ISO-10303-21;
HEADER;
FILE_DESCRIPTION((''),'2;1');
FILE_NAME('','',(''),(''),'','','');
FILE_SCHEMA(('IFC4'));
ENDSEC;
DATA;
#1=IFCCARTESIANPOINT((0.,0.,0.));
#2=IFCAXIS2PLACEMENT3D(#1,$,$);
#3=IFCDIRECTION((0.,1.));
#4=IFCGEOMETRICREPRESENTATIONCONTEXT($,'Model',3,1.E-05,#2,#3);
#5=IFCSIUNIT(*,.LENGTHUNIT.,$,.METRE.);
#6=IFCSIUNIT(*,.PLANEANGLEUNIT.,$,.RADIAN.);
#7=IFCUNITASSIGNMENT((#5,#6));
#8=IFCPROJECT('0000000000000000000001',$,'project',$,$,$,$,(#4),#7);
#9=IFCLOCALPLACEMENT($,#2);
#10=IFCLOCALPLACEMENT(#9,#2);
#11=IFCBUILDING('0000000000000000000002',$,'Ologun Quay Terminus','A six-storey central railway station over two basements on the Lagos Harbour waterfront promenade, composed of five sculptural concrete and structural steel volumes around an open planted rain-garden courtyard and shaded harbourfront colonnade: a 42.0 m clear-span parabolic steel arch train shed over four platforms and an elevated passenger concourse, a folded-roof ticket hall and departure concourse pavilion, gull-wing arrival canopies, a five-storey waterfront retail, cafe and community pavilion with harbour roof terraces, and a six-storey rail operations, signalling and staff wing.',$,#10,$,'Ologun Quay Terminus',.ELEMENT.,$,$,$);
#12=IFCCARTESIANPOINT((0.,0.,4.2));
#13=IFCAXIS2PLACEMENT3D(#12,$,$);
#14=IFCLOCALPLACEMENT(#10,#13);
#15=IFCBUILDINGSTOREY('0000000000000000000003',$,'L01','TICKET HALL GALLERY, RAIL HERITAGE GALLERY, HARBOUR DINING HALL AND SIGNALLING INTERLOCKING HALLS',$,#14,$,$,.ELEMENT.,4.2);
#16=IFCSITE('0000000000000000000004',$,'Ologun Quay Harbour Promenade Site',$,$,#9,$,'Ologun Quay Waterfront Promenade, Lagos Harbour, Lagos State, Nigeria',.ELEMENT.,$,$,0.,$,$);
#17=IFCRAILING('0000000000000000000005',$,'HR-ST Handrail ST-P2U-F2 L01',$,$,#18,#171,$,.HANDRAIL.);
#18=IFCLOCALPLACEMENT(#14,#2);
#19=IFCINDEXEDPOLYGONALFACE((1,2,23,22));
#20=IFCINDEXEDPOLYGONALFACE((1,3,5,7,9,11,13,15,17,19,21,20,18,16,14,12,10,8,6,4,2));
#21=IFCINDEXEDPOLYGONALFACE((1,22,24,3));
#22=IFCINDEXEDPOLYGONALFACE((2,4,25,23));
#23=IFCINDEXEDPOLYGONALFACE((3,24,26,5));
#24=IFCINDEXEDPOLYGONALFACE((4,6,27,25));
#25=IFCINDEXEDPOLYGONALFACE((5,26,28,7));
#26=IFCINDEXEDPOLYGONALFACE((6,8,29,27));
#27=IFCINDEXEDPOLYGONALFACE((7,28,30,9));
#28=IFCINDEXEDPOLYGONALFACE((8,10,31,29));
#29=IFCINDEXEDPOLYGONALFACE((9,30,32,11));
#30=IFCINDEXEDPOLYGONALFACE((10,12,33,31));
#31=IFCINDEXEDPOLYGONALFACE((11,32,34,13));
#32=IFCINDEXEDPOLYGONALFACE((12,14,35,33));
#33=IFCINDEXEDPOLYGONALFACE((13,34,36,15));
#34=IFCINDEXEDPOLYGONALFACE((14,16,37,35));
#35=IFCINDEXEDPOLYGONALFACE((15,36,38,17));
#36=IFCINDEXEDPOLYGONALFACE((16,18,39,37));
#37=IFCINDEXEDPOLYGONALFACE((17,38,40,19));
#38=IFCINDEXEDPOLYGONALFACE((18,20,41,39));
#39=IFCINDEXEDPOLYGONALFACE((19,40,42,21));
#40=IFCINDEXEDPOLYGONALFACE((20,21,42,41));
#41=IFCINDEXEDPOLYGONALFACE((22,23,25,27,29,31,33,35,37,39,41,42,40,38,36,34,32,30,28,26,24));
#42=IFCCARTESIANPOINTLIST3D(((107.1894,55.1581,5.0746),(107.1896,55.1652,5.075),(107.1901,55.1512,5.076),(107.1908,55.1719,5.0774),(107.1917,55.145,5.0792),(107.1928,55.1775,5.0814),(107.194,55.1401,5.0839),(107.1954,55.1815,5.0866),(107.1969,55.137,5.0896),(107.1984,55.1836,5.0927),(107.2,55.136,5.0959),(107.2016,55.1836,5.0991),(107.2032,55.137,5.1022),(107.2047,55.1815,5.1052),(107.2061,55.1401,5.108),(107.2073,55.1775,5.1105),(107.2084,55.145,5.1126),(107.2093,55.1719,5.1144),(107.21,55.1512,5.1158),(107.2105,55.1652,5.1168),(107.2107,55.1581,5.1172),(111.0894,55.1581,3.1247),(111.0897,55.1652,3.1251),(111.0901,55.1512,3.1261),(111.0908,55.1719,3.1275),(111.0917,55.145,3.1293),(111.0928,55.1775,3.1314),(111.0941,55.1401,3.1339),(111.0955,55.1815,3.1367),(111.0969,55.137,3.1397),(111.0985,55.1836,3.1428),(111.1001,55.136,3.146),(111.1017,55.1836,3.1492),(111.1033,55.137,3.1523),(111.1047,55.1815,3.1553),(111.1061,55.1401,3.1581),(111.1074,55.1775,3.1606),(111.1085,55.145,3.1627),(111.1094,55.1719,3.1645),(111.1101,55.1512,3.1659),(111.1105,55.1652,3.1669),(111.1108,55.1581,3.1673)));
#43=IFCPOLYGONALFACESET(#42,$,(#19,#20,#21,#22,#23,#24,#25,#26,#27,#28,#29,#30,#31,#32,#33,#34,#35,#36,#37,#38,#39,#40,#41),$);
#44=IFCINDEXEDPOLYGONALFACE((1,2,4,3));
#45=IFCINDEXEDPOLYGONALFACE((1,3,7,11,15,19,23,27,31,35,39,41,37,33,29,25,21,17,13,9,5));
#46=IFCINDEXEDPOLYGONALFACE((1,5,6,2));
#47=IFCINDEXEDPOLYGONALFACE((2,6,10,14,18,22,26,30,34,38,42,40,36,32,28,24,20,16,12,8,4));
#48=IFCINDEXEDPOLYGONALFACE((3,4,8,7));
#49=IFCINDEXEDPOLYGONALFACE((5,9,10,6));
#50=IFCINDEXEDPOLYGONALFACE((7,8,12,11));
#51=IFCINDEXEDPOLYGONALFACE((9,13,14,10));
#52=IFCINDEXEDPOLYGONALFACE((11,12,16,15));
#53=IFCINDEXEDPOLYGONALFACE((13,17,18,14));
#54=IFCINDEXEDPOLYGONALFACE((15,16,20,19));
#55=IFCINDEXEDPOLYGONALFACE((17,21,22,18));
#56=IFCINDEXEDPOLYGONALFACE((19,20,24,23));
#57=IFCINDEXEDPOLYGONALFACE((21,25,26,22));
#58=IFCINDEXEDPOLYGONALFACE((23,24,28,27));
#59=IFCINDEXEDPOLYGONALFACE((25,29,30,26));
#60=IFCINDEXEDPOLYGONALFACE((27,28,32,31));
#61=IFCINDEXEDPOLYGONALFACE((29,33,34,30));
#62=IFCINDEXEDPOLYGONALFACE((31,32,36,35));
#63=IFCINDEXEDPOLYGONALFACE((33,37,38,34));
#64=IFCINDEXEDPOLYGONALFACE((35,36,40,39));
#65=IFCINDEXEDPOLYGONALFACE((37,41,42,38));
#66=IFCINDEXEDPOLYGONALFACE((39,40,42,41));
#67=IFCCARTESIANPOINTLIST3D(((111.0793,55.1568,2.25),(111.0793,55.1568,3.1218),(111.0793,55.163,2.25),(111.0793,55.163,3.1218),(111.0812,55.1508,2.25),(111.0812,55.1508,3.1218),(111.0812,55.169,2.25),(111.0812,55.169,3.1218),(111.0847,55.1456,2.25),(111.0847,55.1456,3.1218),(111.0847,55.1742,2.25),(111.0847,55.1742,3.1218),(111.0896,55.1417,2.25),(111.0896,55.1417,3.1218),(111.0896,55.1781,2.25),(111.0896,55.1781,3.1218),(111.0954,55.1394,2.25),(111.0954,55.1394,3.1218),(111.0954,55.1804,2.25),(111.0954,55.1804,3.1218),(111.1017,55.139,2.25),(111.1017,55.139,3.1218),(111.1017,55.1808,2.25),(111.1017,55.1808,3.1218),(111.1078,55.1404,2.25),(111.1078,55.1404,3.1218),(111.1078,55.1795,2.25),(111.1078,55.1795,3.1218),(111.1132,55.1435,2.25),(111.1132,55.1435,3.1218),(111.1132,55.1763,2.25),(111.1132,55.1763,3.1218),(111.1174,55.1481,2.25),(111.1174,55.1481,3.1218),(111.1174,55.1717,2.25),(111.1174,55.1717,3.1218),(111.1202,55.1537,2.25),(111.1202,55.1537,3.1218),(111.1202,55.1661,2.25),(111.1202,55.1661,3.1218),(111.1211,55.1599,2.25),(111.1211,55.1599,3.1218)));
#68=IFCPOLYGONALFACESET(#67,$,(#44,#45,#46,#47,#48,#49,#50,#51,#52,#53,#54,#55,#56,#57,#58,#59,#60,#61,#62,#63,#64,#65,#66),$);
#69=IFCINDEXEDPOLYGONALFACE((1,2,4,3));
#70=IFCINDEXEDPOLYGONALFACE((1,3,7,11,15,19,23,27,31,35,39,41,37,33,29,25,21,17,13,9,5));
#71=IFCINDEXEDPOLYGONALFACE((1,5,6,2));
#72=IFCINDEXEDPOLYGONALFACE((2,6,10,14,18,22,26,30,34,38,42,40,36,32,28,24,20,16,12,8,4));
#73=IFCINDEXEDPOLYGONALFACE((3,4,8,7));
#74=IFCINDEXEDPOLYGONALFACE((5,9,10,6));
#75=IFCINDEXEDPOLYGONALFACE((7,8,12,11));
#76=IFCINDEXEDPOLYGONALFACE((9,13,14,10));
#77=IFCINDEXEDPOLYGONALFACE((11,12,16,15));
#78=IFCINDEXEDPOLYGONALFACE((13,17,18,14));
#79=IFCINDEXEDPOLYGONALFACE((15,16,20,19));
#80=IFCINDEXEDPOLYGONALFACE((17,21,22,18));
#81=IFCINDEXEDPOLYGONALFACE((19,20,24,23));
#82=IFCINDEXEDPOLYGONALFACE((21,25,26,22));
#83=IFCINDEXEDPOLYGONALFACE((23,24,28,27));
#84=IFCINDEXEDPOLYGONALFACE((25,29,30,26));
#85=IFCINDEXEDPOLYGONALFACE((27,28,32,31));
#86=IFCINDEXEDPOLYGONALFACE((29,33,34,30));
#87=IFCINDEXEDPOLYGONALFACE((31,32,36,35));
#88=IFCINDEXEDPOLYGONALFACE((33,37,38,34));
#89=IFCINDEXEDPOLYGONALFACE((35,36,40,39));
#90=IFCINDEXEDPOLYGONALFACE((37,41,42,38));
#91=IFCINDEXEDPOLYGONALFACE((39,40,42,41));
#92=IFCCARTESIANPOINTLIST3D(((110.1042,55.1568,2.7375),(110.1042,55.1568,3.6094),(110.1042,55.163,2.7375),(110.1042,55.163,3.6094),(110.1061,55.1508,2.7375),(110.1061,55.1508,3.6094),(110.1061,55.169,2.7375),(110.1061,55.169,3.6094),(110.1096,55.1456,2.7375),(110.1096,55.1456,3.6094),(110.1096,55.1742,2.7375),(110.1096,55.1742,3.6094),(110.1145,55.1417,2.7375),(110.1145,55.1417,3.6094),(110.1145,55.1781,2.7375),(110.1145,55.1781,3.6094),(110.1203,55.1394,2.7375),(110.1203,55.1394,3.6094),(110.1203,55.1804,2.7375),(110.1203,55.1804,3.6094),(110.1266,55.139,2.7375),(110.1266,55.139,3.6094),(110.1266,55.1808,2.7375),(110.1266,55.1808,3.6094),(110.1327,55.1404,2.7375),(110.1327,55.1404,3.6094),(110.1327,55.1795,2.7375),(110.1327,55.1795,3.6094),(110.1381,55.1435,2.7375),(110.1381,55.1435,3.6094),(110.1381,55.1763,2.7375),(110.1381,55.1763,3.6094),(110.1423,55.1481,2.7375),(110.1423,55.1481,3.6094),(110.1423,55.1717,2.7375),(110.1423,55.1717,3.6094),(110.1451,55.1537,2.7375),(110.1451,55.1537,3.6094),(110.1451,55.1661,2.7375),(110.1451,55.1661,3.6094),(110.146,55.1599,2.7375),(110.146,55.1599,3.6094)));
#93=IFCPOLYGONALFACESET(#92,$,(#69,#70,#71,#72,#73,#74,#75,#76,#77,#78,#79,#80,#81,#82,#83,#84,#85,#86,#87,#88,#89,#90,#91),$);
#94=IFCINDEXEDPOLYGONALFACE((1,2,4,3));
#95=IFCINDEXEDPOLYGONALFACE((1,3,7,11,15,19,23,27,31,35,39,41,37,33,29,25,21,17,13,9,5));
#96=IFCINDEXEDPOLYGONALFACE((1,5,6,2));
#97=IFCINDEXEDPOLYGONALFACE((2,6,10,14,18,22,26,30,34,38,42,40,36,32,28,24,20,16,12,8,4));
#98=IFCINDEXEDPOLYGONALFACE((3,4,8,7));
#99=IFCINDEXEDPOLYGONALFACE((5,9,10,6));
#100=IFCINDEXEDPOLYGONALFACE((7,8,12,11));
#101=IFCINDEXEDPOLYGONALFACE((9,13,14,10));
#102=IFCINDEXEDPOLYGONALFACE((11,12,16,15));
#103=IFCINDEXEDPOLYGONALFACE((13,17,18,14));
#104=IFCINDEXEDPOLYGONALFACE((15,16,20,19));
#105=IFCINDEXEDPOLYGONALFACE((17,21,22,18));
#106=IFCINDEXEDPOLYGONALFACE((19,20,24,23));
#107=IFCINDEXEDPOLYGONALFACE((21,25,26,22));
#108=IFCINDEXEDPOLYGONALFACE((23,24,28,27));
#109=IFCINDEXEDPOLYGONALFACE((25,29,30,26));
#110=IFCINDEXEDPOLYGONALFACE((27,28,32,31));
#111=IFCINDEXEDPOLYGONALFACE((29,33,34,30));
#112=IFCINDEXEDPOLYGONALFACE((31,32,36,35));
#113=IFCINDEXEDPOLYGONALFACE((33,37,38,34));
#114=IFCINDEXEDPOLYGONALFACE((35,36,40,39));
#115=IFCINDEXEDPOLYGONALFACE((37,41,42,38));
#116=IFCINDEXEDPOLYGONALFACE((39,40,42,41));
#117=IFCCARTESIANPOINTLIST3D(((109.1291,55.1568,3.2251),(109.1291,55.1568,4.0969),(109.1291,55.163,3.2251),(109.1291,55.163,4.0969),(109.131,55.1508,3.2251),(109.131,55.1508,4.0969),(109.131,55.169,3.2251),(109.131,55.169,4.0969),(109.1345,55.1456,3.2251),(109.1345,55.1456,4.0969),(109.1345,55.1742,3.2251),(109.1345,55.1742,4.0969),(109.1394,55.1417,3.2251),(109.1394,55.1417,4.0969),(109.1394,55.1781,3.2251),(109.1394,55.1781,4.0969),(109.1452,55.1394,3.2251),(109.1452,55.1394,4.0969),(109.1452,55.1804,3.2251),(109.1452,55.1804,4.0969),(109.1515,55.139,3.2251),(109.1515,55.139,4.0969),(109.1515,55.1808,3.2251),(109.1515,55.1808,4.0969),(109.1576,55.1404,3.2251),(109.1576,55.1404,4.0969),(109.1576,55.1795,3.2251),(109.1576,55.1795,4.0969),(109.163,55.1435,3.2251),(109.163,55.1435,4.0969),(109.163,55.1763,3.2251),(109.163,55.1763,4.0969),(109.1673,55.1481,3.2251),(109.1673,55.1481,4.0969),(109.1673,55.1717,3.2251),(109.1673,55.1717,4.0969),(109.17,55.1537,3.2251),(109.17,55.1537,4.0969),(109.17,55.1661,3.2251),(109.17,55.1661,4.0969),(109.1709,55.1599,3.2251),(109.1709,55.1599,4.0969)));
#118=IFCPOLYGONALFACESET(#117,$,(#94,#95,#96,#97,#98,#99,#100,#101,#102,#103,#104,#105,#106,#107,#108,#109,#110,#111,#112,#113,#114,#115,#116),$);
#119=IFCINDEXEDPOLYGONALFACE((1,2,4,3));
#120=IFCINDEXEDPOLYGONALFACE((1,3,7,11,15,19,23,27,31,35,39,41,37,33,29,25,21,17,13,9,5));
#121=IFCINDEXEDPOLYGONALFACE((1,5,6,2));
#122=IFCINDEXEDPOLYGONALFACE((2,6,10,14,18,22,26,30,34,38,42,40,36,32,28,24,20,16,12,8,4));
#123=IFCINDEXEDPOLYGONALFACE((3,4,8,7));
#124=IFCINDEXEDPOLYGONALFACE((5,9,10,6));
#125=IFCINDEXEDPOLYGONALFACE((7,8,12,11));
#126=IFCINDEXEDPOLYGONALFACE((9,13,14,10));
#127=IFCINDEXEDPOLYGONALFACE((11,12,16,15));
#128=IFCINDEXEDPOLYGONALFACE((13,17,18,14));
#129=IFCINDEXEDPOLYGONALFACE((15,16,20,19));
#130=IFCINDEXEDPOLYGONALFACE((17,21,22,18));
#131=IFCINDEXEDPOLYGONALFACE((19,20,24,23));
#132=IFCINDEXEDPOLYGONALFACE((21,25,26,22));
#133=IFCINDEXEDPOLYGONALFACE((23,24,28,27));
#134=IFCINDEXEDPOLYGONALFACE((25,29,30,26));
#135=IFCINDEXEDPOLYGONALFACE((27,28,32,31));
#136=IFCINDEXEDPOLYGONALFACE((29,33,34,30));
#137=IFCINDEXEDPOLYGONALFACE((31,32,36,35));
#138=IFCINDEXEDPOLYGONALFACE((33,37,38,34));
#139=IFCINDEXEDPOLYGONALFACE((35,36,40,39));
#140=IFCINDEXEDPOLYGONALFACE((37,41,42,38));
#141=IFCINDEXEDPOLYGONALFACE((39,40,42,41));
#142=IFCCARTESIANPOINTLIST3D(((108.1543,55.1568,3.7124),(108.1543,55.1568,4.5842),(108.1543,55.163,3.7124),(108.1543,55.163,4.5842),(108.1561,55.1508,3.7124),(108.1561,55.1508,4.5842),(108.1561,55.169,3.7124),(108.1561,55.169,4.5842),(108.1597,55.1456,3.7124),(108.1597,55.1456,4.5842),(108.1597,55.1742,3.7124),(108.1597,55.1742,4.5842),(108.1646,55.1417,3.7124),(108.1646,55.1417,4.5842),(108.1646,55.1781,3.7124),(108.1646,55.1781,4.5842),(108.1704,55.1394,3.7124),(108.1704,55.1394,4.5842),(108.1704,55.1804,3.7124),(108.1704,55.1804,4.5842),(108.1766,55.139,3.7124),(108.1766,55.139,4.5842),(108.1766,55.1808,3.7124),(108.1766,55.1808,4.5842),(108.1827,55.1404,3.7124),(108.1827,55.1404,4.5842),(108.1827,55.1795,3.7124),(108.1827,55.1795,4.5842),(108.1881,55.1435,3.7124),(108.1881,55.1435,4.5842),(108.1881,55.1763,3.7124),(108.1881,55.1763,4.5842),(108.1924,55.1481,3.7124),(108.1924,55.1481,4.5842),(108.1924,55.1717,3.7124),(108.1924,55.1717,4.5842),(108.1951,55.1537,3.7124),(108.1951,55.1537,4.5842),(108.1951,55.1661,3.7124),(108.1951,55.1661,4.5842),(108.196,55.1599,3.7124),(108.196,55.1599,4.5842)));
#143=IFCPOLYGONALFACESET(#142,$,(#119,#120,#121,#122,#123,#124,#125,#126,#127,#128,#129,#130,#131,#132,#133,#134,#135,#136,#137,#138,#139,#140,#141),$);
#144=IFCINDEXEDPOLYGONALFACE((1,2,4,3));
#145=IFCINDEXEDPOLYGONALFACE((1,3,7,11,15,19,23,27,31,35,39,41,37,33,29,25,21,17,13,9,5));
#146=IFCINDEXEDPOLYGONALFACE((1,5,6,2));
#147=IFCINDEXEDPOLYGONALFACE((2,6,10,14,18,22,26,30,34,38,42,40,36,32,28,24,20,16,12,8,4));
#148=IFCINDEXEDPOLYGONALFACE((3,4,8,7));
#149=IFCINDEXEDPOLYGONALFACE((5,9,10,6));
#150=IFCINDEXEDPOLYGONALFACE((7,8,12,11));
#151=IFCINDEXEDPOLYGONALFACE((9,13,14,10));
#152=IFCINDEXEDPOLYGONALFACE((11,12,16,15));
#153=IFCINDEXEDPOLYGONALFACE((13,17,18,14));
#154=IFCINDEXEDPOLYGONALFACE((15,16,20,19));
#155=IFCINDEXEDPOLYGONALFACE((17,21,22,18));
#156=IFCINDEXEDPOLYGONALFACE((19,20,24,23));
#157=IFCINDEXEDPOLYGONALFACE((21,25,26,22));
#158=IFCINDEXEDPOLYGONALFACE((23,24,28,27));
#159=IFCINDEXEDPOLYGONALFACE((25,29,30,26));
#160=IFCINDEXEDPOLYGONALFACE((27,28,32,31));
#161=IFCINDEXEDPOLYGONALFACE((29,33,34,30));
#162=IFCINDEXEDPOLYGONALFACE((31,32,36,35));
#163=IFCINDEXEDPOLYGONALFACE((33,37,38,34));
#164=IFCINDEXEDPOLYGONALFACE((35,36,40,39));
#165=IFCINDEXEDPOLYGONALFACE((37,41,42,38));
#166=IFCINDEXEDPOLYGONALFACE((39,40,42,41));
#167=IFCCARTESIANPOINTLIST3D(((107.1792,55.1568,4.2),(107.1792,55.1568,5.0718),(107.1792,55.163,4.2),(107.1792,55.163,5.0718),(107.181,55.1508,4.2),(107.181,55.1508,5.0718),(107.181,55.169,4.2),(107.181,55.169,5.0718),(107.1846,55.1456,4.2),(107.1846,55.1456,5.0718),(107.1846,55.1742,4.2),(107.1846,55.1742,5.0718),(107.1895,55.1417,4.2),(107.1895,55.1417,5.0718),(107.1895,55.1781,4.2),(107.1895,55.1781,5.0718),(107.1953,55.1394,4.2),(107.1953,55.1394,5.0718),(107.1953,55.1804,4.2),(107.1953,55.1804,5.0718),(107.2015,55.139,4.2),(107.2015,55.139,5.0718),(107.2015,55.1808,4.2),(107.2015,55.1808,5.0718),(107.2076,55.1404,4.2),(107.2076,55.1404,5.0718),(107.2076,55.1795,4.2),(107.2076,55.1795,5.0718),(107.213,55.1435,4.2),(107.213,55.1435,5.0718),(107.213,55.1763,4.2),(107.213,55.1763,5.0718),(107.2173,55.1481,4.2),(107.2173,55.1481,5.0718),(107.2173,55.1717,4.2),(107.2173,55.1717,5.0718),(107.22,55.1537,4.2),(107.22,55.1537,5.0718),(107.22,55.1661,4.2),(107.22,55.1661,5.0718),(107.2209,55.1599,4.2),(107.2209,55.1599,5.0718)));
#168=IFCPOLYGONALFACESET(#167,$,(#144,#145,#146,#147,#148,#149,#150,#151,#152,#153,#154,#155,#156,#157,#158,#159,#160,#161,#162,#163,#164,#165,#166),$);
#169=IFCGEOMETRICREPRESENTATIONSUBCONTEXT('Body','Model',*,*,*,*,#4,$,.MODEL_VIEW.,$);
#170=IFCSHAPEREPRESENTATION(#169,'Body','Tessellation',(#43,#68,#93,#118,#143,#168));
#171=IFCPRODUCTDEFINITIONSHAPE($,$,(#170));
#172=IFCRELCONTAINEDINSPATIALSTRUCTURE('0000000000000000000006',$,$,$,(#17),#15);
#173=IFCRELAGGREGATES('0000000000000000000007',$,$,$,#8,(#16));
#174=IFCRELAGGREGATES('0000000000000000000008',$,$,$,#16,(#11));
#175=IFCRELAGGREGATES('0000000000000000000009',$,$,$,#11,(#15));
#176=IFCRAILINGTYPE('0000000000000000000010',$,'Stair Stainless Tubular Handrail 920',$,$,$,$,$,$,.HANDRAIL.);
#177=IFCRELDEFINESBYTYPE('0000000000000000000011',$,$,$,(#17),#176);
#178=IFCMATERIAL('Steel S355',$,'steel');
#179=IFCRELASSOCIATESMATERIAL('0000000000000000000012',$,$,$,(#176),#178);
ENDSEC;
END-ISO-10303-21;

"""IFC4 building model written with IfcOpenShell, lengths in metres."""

from ifc_helpers import new_model, si_unit, direction, frame, origin, origin_2d, place, context, subcontext, project, spatial, circle, extrude, material, type_object, element, save


model = new_model("IFC4")

# Units and contexts
model_context = context("Model", 3, precision=1e-05, world=origin(), true_north=direction((0.0, 1.0)))
body_context = subcontext(model_context, "Body", "Model", "MODEL_VIEW")
ifc_project = project(units=[si_unit("LENGTHUNIT", "METRE"), si_unit("PLANEANGLEUNIT", "RADIAN")], contexts=[model_context])

# Site, building, storey
site_placement = place(None, origin())
site = spatial("IfcSite", under=ifc_project, at=site_placement, Name="Ologun Quay Harbour Promenade Site", LongName="Ologun Quay Waterfront Promenade, Lagos Harbour, Lagos State, Nigeria", CompositionType="ELEMENT", RefElevation=0.0)
building_placement = place(site_placement, origin())
building = spatial("IfcBuilding", under=site, at=building_placement, Name="Ologun Quay Terminus", Description="A six-storey central railway station over two basements on the Lagos Harbour waterfront promenade, composed of five sculptural concrete and structural steel volumes around an open planted rain-garden courtyard and shaded harbourfront colonnade: a 42.0 m clear-span parabolic steel arch train shed over four platforms and an elevated passenger concourse, a folded-roof ticket hall and departure concourse pavilion, gull-wing arrival canopies, a five-storey waterfront retail, cafe and community pavilion with harbour roof terraces, and a six-storey rail operations, signalling and staff wing.", LongName="Ologun Quay Terminus", CompositionType="ELEMENT")
storey_placement = place(building_placement, frame((0.0, 0.0, 4.2)))
storey = spatial("IfcBuildingStorey", under=building, at=storey_placement, Name="L01", Description="TICKET HALL GALLERY, RAIL HERITAGE GALLERY, HARBOUR DINING HALL AND SIGNALLING INTERLOCKING HALLS", CompositionType="ELEMENT", Elevation=4.2)

# Railing
ifc_material_1 = material(Name="Steel S355", Category="steel")
railing_type_1 = type_object("IfcRailingType", Name="Stair Stainless Tubular Handrail 920", PredefinedType="HANDRAIL", material=ifc_material_1)
railing_1_placement = place(storey_placement, frame((111.1001, 55.1599, 2.25)))
element("IfcRailing", 1, at=railing_1_placement, inside=storey, type_object=railing_type_1, Name="HR-ST Handrail ST-P2U-F2 L01", PredefinedType="HANDRAIL", context=body_context, shape_type="SweptSolid", body=[
    extrude(circle(Radius=0.0239, at=origin_2d()), frame((0.0, 0.0, 0.896), z_axis=(-0.894438, 0.0, 0.447191), x_axis=(0.0, -1.0, 0.0)), (0.0, 0.0, 1.0), 4.3604),
    extrude(circle(Radius=0.021, at=origin_2d()), origin(), (0.0, 0.0, 1.0), 0.8718),
    extrude(circle(Radius=0.021, at=origin_2d()), frame((-0.9751, 0.0, 0.4875)), (0.0, 0.0, 1.0), 0.8718),
    extrude(circle(Radius=0.021, at=origin_2d()), frame((-1.9502, 0.0, 0.9751)), (0.0, 0.0, 1.0), 0.8718),
    extrude(circle(Radius=0.021, at=origin_2d()), frame((-2.925, 0.0, 1.4624)), (0.0, 0.0, 1.0), 0.8718),
    extrude(circle(Radius=0.021, at=origin_2d()), frame((-3.9001, 0.0, 1.95)), (0.0, 0.0, 1.0), 0.8718),
])

save(model, "model.ifc")
